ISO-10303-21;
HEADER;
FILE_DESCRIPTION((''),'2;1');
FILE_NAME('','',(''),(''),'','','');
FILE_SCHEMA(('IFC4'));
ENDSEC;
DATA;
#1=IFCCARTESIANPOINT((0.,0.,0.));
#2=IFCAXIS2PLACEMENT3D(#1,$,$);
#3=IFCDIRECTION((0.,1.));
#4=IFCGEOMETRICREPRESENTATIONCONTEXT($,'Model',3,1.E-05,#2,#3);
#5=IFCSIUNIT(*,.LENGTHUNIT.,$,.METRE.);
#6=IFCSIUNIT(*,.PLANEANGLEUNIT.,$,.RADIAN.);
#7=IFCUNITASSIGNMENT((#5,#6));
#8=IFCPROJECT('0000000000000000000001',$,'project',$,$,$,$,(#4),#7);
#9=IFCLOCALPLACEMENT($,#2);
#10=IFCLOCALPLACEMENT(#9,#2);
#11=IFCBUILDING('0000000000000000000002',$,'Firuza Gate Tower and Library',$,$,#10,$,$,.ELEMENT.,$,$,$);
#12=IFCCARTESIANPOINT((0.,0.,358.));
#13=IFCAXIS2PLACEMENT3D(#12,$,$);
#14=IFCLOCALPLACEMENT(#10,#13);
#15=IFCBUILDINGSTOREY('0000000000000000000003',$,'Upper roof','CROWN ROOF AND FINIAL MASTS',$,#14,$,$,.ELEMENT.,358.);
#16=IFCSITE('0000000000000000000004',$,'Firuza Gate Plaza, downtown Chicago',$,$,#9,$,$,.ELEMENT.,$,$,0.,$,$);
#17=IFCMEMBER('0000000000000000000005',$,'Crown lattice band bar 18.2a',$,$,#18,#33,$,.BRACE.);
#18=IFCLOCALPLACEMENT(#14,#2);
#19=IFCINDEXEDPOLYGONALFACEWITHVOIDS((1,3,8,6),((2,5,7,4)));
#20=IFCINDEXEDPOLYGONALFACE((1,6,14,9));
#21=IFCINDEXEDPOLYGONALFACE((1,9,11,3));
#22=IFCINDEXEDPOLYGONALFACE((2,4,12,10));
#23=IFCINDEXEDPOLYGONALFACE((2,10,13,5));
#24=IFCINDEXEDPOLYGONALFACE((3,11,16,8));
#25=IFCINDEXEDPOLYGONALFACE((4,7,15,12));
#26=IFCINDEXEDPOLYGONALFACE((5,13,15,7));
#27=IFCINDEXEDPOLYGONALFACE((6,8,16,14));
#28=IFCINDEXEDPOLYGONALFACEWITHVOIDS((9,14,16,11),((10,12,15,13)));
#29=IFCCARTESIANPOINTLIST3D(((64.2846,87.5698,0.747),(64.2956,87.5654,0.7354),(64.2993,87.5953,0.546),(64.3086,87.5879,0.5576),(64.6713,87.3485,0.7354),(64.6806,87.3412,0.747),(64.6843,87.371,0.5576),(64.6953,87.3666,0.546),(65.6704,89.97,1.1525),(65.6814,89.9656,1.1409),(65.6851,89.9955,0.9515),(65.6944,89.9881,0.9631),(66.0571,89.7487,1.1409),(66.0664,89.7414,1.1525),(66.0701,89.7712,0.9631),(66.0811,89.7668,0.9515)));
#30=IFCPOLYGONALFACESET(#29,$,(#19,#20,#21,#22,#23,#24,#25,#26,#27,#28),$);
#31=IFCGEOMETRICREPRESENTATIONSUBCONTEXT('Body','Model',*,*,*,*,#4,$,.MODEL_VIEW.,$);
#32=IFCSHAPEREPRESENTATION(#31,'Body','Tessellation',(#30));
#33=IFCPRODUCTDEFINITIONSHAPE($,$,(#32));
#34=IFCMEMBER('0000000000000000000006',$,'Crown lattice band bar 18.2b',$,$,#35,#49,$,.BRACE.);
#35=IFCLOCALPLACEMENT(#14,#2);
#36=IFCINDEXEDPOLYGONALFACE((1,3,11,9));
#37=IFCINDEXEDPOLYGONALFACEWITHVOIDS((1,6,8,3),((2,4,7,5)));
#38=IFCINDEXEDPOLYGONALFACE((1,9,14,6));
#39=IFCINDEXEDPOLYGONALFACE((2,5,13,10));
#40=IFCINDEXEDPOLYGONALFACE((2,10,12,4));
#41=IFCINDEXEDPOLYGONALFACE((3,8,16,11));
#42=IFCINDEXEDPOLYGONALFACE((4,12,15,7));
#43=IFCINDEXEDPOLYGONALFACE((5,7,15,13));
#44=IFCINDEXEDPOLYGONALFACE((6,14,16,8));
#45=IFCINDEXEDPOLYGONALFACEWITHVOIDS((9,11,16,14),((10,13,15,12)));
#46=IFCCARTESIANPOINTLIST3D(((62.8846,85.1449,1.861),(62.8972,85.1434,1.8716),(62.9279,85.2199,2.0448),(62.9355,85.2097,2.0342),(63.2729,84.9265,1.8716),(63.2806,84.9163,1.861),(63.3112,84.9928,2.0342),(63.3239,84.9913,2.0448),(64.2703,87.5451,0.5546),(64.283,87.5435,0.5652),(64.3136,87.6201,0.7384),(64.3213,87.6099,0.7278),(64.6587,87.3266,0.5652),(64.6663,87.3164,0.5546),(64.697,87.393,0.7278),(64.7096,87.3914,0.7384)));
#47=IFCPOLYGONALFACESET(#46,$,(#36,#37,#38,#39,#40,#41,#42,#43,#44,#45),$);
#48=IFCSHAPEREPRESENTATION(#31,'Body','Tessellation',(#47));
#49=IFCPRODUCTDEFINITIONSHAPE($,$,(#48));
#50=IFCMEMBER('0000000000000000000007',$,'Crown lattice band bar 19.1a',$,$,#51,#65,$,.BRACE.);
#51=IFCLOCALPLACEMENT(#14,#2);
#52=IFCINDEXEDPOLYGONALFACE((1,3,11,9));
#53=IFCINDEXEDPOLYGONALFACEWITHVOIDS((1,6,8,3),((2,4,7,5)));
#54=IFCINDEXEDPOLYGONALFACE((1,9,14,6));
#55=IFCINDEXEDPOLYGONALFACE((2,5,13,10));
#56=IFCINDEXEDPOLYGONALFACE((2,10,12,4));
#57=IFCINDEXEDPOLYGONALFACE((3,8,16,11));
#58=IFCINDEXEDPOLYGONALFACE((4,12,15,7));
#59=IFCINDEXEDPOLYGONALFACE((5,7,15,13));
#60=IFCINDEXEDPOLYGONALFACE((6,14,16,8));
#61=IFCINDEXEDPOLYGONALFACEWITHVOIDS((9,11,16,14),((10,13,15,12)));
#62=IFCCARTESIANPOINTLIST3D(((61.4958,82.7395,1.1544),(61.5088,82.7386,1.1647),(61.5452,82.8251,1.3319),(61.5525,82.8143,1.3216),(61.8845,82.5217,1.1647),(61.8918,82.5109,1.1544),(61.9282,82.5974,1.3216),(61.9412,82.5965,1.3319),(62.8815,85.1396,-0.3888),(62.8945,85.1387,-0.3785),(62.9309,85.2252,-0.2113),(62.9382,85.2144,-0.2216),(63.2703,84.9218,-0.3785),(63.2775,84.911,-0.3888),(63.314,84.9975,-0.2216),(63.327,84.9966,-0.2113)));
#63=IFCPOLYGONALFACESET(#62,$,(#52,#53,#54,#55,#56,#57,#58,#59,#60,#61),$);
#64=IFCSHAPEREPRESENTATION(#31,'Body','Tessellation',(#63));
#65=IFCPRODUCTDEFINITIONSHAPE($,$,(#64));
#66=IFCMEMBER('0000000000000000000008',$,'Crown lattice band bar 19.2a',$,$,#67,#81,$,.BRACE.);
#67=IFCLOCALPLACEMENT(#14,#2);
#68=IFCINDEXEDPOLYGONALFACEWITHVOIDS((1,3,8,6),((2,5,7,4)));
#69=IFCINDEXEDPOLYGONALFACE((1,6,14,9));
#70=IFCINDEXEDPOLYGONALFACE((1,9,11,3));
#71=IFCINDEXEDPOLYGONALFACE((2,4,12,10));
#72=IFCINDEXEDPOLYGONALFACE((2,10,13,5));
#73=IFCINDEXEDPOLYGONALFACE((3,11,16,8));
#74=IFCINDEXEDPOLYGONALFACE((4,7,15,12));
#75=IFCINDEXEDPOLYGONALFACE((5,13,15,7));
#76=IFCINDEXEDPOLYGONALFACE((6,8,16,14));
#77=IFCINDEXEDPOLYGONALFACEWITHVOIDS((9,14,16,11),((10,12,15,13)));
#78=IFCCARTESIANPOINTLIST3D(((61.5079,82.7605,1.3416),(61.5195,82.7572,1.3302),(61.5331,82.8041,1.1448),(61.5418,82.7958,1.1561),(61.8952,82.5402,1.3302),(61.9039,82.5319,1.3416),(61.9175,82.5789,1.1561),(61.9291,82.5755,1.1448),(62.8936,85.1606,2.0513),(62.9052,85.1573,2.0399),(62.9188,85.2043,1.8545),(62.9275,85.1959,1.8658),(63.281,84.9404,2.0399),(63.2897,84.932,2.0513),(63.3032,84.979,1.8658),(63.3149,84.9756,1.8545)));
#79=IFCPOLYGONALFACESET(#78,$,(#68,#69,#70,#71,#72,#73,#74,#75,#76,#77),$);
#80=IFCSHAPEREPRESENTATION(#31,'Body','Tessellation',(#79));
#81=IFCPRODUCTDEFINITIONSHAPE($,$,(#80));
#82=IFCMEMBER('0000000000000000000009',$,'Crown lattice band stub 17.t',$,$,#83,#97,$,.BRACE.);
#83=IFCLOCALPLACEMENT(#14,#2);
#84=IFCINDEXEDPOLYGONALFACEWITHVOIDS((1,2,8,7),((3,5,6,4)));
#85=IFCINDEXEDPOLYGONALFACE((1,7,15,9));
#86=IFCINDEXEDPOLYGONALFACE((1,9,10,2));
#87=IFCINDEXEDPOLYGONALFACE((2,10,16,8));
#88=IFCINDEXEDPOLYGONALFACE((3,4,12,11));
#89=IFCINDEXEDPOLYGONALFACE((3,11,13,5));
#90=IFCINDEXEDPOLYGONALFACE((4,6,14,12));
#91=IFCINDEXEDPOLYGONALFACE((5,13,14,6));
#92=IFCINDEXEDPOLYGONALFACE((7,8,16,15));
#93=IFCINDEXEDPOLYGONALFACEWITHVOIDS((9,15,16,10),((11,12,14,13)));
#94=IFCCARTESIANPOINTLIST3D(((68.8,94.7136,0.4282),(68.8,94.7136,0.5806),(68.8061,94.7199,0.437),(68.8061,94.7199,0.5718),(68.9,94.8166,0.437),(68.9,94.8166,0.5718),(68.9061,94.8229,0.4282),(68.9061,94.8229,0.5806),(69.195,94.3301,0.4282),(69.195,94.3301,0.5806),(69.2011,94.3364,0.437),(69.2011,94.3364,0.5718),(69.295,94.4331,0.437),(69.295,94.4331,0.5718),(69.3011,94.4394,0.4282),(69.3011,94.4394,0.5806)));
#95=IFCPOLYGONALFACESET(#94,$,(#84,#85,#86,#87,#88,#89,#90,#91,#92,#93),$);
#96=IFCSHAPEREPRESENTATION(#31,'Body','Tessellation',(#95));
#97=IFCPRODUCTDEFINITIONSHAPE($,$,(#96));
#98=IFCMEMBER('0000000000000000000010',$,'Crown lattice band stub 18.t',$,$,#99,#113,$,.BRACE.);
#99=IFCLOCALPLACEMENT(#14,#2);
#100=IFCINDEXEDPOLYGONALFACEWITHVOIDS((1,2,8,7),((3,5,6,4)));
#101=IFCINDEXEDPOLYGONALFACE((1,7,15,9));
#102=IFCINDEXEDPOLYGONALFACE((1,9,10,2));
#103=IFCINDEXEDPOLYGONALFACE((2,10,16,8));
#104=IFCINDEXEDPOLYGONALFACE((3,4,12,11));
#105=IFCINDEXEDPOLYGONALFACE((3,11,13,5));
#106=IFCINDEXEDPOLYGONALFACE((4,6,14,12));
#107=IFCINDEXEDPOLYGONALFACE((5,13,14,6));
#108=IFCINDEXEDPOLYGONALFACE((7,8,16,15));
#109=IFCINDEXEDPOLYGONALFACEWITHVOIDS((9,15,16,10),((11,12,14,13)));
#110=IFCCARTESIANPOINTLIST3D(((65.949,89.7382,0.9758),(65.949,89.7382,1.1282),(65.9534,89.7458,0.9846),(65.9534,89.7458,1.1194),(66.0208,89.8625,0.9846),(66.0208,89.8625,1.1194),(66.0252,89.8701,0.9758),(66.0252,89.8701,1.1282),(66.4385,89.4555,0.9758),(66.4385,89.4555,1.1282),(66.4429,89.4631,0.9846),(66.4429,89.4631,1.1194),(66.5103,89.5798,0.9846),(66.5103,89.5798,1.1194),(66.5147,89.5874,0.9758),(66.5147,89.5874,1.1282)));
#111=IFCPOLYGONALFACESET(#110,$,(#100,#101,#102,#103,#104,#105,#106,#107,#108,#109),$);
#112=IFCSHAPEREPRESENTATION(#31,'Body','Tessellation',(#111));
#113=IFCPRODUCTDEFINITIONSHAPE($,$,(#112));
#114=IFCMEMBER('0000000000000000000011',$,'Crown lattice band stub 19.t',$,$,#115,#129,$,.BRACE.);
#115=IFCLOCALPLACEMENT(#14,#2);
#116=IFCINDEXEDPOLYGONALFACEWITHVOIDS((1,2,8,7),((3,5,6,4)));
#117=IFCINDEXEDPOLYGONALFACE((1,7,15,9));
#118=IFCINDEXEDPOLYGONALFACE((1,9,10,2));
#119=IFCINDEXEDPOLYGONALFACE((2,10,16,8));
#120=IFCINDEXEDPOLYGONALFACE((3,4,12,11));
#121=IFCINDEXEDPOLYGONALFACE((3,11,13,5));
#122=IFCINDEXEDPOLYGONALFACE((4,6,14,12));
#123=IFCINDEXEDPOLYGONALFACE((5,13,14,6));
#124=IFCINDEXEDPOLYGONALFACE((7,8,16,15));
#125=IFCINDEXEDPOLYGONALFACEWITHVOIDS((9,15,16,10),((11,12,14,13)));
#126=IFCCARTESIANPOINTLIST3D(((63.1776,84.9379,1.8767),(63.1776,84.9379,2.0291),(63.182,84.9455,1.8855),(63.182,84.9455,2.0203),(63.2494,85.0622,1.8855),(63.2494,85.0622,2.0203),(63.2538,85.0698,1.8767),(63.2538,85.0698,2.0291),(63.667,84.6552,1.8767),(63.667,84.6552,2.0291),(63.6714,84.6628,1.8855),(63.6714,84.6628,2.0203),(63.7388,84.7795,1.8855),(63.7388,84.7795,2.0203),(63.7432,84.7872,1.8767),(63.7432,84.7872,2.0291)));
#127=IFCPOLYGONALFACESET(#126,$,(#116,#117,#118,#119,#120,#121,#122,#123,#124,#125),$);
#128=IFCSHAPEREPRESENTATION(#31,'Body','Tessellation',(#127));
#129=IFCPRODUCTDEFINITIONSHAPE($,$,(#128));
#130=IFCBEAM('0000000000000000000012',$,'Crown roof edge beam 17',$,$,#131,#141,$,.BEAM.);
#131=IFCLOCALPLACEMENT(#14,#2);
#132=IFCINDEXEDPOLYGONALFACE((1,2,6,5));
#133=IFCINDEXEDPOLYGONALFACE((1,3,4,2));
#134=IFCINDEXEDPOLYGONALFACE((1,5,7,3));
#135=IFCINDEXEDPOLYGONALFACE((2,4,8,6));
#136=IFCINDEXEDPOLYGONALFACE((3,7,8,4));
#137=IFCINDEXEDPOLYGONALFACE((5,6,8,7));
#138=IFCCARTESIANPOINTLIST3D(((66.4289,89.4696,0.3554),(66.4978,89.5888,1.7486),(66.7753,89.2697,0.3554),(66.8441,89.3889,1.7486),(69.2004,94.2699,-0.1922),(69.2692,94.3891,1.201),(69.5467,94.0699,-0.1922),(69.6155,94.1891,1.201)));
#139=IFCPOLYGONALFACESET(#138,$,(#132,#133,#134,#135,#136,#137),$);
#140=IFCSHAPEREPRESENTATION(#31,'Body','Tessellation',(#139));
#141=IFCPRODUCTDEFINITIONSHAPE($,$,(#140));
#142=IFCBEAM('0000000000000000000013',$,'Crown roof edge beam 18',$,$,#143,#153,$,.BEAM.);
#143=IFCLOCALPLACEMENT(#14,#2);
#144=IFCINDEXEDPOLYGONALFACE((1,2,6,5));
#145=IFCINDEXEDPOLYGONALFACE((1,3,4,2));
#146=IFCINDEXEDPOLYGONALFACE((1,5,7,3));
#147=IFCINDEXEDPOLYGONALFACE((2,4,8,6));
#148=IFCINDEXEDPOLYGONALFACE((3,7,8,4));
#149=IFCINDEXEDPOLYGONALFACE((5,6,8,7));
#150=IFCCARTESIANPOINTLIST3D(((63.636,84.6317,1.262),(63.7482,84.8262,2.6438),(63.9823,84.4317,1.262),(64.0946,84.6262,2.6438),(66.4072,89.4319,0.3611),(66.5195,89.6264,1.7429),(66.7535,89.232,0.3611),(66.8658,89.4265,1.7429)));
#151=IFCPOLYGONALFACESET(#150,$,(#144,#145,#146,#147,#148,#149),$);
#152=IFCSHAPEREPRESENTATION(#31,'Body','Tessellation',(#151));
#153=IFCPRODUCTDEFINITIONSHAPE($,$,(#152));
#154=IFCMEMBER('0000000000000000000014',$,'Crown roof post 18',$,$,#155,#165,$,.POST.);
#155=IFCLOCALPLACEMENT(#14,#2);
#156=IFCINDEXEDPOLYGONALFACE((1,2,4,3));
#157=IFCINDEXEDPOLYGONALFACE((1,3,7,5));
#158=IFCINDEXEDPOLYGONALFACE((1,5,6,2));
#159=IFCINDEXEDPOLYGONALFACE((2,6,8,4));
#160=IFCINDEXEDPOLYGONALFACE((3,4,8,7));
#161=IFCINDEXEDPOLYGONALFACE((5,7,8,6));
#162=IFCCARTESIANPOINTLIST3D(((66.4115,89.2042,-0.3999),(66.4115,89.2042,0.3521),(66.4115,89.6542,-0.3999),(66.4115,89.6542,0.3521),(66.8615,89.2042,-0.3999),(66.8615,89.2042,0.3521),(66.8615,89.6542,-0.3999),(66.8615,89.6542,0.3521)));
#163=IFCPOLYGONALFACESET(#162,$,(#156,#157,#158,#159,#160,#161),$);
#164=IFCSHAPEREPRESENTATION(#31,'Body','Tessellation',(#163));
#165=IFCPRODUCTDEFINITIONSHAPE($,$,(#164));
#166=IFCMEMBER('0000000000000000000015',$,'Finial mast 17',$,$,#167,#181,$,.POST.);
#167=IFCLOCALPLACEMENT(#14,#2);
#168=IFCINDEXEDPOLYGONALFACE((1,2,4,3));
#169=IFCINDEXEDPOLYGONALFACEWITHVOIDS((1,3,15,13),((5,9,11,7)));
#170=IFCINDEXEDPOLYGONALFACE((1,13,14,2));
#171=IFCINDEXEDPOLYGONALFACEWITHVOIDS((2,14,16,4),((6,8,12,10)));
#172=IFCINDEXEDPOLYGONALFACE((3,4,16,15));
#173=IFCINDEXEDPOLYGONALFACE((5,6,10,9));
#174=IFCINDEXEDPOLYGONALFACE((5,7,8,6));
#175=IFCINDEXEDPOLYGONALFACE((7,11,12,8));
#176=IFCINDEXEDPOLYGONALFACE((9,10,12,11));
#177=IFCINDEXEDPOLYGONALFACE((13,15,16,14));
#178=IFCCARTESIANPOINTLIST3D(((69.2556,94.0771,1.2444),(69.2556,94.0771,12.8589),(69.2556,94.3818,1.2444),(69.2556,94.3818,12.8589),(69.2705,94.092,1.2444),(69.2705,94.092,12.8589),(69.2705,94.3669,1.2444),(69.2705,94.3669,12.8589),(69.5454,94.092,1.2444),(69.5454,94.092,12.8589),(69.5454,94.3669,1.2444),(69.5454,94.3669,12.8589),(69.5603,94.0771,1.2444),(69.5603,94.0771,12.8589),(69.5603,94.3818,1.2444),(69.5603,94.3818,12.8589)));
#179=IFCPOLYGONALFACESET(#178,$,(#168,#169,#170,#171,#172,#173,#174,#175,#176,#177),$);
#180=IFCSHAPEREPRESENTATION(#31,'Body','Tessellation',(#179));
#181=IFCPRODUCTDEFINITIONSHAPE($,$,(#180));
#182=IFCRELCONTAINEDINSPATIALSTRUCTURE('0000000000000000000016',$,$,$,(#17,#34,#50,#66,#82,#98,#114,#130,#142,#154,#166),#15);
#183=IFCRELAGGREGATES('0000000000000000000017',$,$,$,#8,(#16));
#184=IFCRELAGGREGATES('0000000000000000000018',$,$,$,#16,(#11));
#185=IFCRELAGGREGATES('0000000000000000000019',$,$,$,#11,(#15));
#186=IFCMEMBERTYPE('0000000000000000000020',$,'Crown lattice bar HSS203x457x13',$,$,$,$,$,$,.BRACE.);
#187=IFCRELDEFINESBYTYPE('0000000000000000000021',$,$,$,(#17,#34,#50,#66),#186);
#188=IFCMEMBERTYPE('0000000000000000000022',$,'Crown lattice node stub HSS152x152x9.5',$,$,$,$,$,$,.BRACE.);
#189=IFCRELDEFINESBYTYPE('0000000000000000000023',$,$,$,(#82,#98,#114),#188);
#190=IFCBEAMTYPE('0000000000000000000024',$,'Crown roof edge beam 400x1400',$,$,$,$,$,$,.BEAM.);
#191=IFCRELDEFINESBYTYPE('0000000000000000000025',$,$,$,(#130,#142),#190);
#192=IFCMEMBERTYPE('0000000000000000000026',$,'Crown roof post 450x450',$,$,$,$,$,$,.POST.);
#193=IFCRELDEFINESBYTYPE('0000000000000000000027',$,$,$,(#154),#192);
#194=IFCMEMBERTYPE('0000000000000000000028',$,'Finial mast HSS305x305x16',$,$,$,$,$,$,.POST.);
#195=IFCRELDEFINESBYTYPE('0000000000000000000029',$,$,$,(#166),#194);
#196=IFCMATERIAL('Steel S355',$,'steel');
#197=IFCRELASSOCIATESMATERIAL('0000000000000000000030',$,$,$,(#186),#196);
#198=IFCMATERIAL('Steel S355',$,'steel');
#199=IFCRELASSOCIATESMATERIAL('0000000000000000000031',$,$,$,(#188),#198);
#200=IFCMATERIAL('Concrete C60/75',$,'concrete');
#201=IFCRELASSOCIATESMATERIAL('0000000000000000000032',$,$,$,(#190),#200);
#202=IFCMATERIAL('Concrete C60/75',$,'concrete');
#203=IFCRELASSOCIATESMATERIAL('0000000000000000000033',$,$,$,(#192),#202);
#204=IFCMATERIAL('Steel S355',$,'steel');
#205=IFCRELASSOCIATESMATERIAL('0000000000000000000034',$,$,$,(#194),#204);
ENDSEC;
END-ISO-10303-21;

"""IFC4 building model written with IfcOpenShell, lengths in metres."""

from ifc_helpers import new_model, si_unit, direction, frame, origin, origin_2d, place, context, subcontext, project, spatial, rectangle, hollow_rectangle, extrude, material, material_profile, profile_set, type_object, element, save


model = new_model("IFC4")

# Units and contexts
model_context = context("Model", 3, precision=1e-05, world=origin(), true_north=direction((0.0, 1.0)))
body_context = subcontext(model_context, "Body", "Model", "MODEL_VIEW")
ifc_project = project(units=[si_unit("LENGTHUNIT", "METRE"), si_unit("PLANEANGLEUNIT", "RADIAN")], contexts=[model_context])

# Site, building, storey
site_placement = place(None, origin())
site = spatial("IfcSite", under=ifc_project, at=site_placement, Name="Firuza Gate Plaza, downtown Chicago", CompositionType="ELEMENT", RefElevation=0.0)
building_placement = place(site_placement, origin())
building = spatial("IfcBuilding", under=site, at=building_placement, Name="Firuza Gate Tower and Library", CompositionType="ELEMENT")
storey_placement = place(building_placement, frame((0.0, 0.0, 358.0)))
storey = spatial("IfcBuildingStorey", under=building, at=storey_placement, Name="Upper roof", Description="CROWN ROOF AND FINIAL MASTS", CompositionType="ELEMENT", Elevation=358.0)

# Members
ifc_material_1 = material(Name="Steel S355", Category="steel")
ifc_material_profile_1 = material_profile(ifc_material_1, hollow_rectangle(XDim=0.4573, YDim=0.2031, WallThickness=0.0117, at=origin_2d()))
ifc_profile_set_1 = profile_set([ifc_material_profile_1], Name="Steel S355")
member_type_1 = type_object("IfcMemberType", Name="Crown lattice bar HSS203x457x13", PredefinedType="BRACE", material=ifc_profile_set_1)
member_1_placement = place(storey_placement, frame((65.8757, 89.8684, 1.052), z_axis=(-0.494737, -0.856899, -0.144778), x_axis=(0.866023, -0.500005, 0.0)))
element("IfcMember", 1, at=member_1_placement, inside=storey, type_object=member_type_1, Name="Crown lattice band bar 18.2a", PredefinedType="BRACE", context=body_context, shape_type="SweptSolid", body=[
    extrude(hollow_rectangle(XDim=0.4573, YDim=0.2031, WallThickness=0.0117, at=origin_2d()), origin(), (0.0, 0.0, 1.0), 2.801),
])
member_2_placement = place(storey_placement, frame((64.49, 87.4683, 0.6465), z_axis=(-0.452276, -0.783356, 0.42638), x_axis=(0.866023, -0.500005, 0.0)))
element("IfcMember", 2, at=member_2_placement, inside=storey, type_object=member_type_1, Name="Crown lattice band bar 18.2b", PredefinedType="BRACE", context=body_context, shape_type="SweptSolid", body=[
    extrude(hollow_rectangle(XDim=0.4573, YDim=0.2031, WallThickness=0.0117, at=origin_2d()), origin(), (0.0, 0.0, 1.0), 3.064),
])
member_3_placement = place(storey_placement, frame((63.1042, 85.0681, -0.3), z_axis=(-0.436847, -0.756633, 0.486489), x_axis=(0.866023, -0.500005, 0.0)))
element("IfcMember", 3, at=member_3_placement, inside=storey, type_object=member_type_1, Name="Crown lattice band bar 19.1a", PredefinedType="BRACE", context=body_context, shape_type="SweptSolid", body=[
    extrude(hollow_rectangle(XDim=0.4573, YDim=0.2031, WallThickness=0.0117, at=origin_2d()), origin(), (0.0, 0.0, 1.0), 3.1721),
])
member_4_placement = place(storey_placement, frame((63.1042, 85.0681, 1.9529), z_axis=(-0.484375, -0.838951, -0.248076), x_axis=(0.866023, -0.500005, 0.0)))
element("IfcMember", 4, at=member_4_placement, inside=storey, type_object=member_type_1, Name="Crown lattice band bar 19.2a", PredefinedType="BRACE", context=body_context, shape_type="SweptSolid", body=[
    extrude(hollow_rectangle(XDim=0.4573, YDim=0.2031, WallThickness=0.0117, at=origin_2d()), origin(), (0.0, 0.0, 1.0), 2.8608),
])
ifc_material_2 = material(Name="Steel S355", Category="steel")
ifc_material_profile_2 = material_profile(ifc_material_2, hollow_rectangle(XDim=0.1523, YDim=0.1523, WallThickness=0.0088, at=origin_2d()))
ifc_profile_set_2 = profile_set([ifc_material_profile_2], Name="Steel S355")
member_type_2 = type_object("IfcMemberType", Name="Crown lattice node stub HSS152x152x9.5", PredefinedType="BRACE", material=ifc_profile_set_2)
member_5_placement = place(storey_placement, frame((69.248, 94.3848, 0.5044), z_axis=(-0.71745, 0.69661, 0.0), x_axis=(-0.69661, -0.71745, 0.0)))
element("IfcMember", 5, at=member_5_placement, inside=storey, type_object=member_type_2, Name="Crown lattice band stub 17.t", PredefinedType="BRACE", context=body_context, shape_type="SweptSolid", body=[
    extrude(hollow_rectangle(XDim=0.1523, YDim=0.1523, WallThickness=0.0088, at=origin_2d()), origin(), (0.0, 0.0, 1.0), 0.5505),
])
for number, where, z_axis, x_axis, name in (
    (6, (66.4766, 89.5215, 1.052), (-0.865948, 0.500134, 0.0), (-0.500134, -0.865948, 0.0), "Crown lattice band stub 18.t"),
    (7, (63.7051, 84.7212, 1.9529), (-0.865948, 0.500134, 0.0), (-0.500134, -0.865948, 0.0), "Crown lattice band stub 19.t"),
):
    element("IfcMember", number, at=place(storey_placement, frame(where, z_axis=z_axis, x_axis=x_axis)), inside=storey, type_object=member_type_2, Name=name, PredefinedType="BRACE", context=body_context, shape_type="SweptSolid", body=[
        extrude(hollow_rectangle(XDim=0.1523, YDim=0.1523, WallThickness=0.0088, at=origin_2d()), origin(), (0.0, 0.0, 1.0), 0.5652),
    ])

# Beams
ifc_material_3 = material(Name="Concrete C60/75", Category="concrete")
ifc_material_profile_3 = material_profile(ifc_material_3, rectangle(XDim=0.3999, YDim=1.3999, at=origin_2d()))
ifc_profile_set_3 = profile_set([ifc_material_profile_3], Name="Concrete C60/75")
beam_type_1 = type_object("IfcBeamType", Name="Crown roof edge beam 400x1400", PredefinedType="BEAM", material=ifc_profile_set_3)
beam_1_placement = place(storey_placement, frame((69.408, 94.2295, 0.5044), z_axis=(-0.497582, -0.861827, 0.098315), x_axis=(0.866023, -0.500005, 0.0)))
element("IfcBeam", 8, at=beam_1_placement, inside=storey, type_object=beam_type_1, Name="Crown roof edge beam 17", PredefinedType="BEAM", context=body_context, shape_type="SweptSolid", body=[
    extrude(rectangle(XDim=0.3999, YDim=1.3999, at=origin_2d()), origin(), (0.0, 0.0, 1.0), 5.5698),
])
beam_2_placement = place(storey_placement, frame((66.6365, 89.4292, 1.052), z_axis=(-0.493496, -0.854825, 0.160426), x_axis=(0.866042, -0.499972, 0.0)))
element("IfcBeam", 9, at=beam_2_placement, inside=storey, type_object=beam_type_1, Name="Crown roof edge beam 18", PredefinedType="BEAM", context=body_context, shape_type="SweptSolid", body=[
    extrude(rectangle(XDim=0.3999, YDim=1.3999, at=origin_2d()), origin(), (0.0, 0.0, 1.0), 5.6155),
])

# Members
ifc_material_4 = material(Name="Concrete C60/75", Category="concrete")
ifc_material_profile_4 = material_profile(ifc_material_4, rectangle(XDim=0.45, YDim=0.45, at=origin_2d()))
ifc_profile_set_4 = profile_set([ifc_material_profile_4], Name="Concrete C60/75")
member_type_3 = type_object("IfcMemberType", Name="Crown roof post 450x450", PredefinedType="POST", material=ifc_profile_set_4)
member_6_placement = place(storey_placement, frame((66.6365, 89.4292, -0.3999), z_axis=(0.0, 0.0, 1.0), x_axis=(1.0, 0.0, 0.0)))
element("IfcMember", 10, at=member_6_placement, inside=storey, type_object=member_type_3, Name="Crown roof post 18", PredefinedType="POST", context=body_context, shape_type="SweptSolid", body=[
    extrude(rectangle(XDim=0.45, YDim=0.45, at=origin_2d()), origin(), (0.0, 0.0, 1.0), 0.752),
])
ifc_material_5 = material(Name="Steel S355", Category="steel")
ifc_material_profile_5 = material_profile(ifc_material_5, hollow_rectangle(XDim=0.3047, YDim=0.3047, WallThickness=0.0149, at=origin_2d()))
ifc_profile_set_5 = profile_set([ifc_material_profile_5], Name="Steel S355")
member_type_4 = type_object("IfcMemberType", Name="Finial mast HSS305x305x16", PredefinedType="POST", material=ifc_profile_set_5)
member_7_placement = place(storey_placement, frame((69.408, 94.2295, 1.2444), z_axis=(0.0, 0.0, 1.0), x_axis=(1.0, 0.0, 0.0)))
element("IfcMember", 11, at=member_7_placement, inside=storey, type_object=member_type_4, Name="Finial mast 17", PredefinedType="POST", context=body_context, shape_type="SweptSolid", body=[
    extrude(hollow_rectangle(XDim=0.3047, YDim=0.3047, WallThickness=0.0149, at=origin_2d()), origin(), (0.0, 0.0, 1.0), 11.6145),
])

save(model, "model.ifc")
